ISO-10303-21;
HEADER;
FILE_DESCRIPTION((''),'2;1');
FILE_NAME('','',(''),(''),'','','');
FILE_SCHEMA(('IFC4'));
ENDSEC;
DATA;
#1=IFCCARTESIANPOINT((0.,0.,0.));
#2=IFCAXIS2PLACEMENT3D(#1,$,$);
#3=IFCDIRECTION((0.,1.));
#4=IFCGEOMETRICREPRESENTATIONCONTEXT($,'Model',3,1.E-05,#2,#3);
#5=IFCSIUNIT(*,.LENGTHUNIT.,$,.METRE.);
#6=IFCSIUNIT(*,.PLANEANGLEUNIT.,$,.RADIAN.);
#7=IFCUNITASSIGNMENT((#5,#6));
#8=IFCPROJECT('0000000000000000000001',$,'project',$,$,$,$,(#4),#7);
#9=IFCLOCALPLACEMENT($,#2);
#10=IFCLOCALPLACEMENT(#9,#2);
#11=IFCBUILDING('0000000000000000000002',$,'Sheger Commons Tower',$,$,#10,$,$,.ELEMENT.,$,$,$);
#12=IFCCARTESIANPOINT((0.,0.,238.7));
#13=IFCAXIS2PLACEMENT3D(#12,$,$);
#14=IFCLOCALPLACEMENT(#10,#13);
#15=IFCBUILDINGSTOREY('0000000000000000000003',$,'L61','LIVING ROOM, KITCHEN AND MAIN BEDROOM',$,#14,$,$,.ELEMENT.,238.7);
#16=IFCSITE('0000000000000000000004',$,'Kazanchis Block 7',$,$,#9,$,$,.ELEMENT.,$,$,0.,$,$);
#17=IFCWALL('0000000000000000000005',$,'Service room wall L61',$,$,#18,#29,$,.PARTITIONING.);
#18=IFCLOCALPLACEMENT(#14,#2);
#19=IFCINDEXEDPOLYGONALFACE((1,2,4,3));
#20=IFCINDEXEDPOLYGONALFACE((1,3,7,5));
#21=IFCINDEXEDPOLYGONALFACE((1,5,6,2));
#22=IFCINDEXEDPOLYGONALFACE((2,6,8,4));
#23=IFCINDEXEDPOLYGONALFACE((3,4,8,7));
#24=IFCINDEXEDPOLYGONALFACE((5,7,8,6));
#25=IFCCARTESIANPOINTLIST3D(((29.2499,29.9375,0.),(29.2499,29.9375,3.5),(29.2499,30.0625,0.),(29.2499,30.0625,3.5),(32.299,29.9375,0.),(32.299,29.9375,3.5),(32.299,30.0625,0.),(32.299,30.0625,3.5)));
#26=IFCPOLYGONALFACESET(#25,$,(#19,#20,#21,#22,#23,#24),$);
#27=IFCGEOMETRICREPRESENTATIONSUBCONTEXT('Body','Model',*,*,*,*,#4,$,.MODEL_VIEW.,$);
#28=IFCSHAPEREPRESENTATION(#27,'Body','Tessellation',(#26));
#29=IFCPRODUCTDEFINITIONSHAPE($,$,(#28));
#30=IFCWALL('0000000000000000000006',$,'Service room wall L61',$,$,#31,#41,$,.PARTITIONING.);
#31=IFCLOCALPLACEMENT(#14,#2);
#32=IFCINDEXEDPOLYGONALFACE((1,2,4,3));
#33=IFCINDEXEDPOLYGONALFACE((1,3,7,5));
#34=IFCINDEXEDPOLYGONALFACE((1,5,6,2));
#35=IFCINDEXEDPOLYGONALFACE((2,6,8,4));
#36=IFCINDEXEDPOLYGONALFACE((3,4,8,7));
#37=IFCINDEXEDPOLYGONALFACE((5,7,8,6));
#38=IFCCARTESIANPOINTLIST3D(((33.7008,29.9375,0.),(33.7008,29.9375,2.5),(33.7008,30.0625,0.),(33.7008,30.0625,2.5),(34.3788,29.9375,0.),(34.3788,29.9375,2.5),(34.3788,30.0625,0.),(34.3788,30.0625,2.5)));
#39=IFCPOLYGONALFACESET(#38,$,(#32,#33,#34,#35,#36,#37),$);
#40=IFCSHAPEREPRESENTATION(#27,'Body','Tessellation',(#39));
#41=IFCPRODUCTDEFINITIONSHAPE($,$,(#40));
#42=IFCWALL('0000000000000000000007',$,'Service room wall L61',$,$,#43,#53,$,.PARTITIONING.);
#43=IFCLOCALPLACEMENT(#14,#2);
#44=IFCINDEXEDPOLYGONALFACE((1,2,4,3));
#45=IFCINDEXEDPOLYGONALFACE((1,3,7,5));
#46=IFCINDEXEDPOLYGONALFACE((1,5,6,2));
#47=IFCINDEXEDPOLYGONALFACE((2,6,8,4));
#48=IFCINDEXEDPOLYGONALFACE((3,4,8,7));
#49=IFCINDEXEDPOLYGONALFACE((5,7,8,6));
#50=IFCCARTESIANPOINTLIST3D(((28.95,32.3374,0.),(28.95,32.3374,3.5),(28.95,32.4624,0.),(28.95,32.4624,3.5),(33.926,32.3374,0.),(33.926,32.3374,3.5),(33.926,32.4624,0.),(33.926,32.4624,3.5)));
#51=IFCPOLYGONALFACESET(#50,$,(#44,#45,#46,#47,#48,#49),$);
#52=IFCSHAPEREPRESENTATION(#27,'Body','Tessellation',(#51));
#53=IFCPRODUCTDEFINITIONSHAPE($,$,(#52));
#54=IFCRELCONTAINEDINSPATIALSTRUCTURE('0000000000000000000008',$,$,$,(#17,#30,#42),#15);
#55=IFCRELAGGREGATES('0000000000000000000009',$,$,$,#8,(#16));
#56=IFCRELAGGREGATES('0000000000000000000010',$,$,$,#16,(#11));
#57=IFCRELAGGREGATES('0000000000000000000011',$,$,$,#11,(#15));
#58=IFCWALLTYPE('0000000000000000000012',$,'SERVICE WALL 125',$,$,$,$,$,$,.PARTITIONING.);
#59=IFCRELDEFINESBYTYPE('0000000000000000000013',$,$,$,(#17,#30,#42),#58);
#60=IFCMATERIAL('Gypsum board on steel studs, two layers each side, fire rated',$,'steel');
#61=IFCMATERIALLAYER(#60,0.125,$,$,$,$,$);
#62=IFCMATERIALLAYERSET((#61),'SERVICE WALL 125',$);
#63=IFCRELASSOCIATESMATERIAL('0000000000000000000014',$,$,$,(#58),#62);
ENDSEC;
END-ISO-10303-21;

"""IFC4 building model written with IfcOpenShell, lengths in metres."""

from ifc_helpers import new_model, si_unit, direction, frame, frame_2d, origin, place, context, subcontext, project, spatial, rectangle, extrude, material, layer, layer_set, type_object, element, save


model = new_model("IFC4")

# Units and contexts
model_context = context("Model", 3, precision=1e-05, world=origin(), true_north=direction((0.0, 1.0)))
body_context = subcontext(model_context, "Body", "Model", "MODEL_VIEW")
ifc_project = project(units=[si_unit("LENGTHUNIT", "METRE"), si_unit("PLANEANGLEUNIT", "RADIAN")], contexts=[model_context])

# Site, building, storey
site_placement = place(None, origin())
site = spatial("IfcSite", under=ifc_project, at=site_placement, Name="Kazanchis Block 7", CompositionType="ELEMENT", RefElevation=0.0)
building_placement = place(site_placement, origin())
building = spatial("IfcBuilding", under=site, at=building_placement, Name="Sheger Commons Tower", CompositionType="ELEMENT")
storey_placement = place(building_placement, frame((0.0, 0.0, 238.7)))
storey = spatial("IfcBuildingStorey", under=building, at=storey_placement, Name="L61", Description="LIVING ROOM, KITCHEN AND MAIN BEDROOM", CompositionType="ELEMENT", Elevation=238.7)

# Walls
ifc_material_1 = material(Name="Gypsum board on steel studs, two layers each side, fire rated", Category="steel")
ifc_layer_1 = layer(ifc_material_1, 0.125)
ifc_layer_set_1 = layer_set([ifc_layer_1], Name="SERVICE WALL 125")
wall_type_1 = type_object("IfcWallType", Name="SERVICE WALL 125", PredefinedType="PARTITIONING", material=ifc_layer_set_1)
wall_1_placement = place(storey_placement, frame((29.25, 30.0, 0.0), z_axis=(0.0, 0.0, 1.0), x_axis=(1.0, 0.0, 0.0)))
element("IfcWall", 1, at=wall_1_placement, inside=storey, type_object=wall_type_1, Name="Service room wall L61", PredefinedType="PARTITIONING", context=body_context, shape_type="SweptSolid", body=[
    extrude(rectangle(XDim=3.0491, YDim=0.125, at=frame_2d((1.5244, 0.0))), origin(), (0.0, 0.0, 1.0), 3.5),
])
wall_2_placement = place(storey_placement, frame((33.7009, 30.0, 0.0), z_axis=(0.0, 0.0, 1.0), x_axis=(1.0, 0.0, 0.0)))
element("IfcWall", 2, at=wall_2_placement, inside=storey, type_object=wall_type_1, Name="Service room wall L61", PredefinedType="PARTITIONING", context=body_context, shape_type="SweptSolid", body=[
    extrude(rectangle(XDim=0.678, YDim=0.125, at=frame_2d((0.3389, 0.0))), origin(), (0.0, 0.0, 1.0), 2.5),
])
wall_3_placement = place(storey_placement, frame((28.95, 32.3999, 0.0), z_axis=(0.0, 0.0, 1.0), x_axis=(1.0, 0.0, 0.0)))
element("IfcWall", 3, at=wall_3_placement, inside=storey, type_object=wall_type_1, Name="Service room wall L61", PredefinedType="PARTITIONING", context=body_context, shape_type="SweptSolid", body=[
    extrude(rectangle(XDim=4.9761, YDim=0.125, at=frame_2d((2.488, 0.0))), origin(), (0.0, 0.0, 1.0), 3.5),
])

save(model, "model.ifc")
